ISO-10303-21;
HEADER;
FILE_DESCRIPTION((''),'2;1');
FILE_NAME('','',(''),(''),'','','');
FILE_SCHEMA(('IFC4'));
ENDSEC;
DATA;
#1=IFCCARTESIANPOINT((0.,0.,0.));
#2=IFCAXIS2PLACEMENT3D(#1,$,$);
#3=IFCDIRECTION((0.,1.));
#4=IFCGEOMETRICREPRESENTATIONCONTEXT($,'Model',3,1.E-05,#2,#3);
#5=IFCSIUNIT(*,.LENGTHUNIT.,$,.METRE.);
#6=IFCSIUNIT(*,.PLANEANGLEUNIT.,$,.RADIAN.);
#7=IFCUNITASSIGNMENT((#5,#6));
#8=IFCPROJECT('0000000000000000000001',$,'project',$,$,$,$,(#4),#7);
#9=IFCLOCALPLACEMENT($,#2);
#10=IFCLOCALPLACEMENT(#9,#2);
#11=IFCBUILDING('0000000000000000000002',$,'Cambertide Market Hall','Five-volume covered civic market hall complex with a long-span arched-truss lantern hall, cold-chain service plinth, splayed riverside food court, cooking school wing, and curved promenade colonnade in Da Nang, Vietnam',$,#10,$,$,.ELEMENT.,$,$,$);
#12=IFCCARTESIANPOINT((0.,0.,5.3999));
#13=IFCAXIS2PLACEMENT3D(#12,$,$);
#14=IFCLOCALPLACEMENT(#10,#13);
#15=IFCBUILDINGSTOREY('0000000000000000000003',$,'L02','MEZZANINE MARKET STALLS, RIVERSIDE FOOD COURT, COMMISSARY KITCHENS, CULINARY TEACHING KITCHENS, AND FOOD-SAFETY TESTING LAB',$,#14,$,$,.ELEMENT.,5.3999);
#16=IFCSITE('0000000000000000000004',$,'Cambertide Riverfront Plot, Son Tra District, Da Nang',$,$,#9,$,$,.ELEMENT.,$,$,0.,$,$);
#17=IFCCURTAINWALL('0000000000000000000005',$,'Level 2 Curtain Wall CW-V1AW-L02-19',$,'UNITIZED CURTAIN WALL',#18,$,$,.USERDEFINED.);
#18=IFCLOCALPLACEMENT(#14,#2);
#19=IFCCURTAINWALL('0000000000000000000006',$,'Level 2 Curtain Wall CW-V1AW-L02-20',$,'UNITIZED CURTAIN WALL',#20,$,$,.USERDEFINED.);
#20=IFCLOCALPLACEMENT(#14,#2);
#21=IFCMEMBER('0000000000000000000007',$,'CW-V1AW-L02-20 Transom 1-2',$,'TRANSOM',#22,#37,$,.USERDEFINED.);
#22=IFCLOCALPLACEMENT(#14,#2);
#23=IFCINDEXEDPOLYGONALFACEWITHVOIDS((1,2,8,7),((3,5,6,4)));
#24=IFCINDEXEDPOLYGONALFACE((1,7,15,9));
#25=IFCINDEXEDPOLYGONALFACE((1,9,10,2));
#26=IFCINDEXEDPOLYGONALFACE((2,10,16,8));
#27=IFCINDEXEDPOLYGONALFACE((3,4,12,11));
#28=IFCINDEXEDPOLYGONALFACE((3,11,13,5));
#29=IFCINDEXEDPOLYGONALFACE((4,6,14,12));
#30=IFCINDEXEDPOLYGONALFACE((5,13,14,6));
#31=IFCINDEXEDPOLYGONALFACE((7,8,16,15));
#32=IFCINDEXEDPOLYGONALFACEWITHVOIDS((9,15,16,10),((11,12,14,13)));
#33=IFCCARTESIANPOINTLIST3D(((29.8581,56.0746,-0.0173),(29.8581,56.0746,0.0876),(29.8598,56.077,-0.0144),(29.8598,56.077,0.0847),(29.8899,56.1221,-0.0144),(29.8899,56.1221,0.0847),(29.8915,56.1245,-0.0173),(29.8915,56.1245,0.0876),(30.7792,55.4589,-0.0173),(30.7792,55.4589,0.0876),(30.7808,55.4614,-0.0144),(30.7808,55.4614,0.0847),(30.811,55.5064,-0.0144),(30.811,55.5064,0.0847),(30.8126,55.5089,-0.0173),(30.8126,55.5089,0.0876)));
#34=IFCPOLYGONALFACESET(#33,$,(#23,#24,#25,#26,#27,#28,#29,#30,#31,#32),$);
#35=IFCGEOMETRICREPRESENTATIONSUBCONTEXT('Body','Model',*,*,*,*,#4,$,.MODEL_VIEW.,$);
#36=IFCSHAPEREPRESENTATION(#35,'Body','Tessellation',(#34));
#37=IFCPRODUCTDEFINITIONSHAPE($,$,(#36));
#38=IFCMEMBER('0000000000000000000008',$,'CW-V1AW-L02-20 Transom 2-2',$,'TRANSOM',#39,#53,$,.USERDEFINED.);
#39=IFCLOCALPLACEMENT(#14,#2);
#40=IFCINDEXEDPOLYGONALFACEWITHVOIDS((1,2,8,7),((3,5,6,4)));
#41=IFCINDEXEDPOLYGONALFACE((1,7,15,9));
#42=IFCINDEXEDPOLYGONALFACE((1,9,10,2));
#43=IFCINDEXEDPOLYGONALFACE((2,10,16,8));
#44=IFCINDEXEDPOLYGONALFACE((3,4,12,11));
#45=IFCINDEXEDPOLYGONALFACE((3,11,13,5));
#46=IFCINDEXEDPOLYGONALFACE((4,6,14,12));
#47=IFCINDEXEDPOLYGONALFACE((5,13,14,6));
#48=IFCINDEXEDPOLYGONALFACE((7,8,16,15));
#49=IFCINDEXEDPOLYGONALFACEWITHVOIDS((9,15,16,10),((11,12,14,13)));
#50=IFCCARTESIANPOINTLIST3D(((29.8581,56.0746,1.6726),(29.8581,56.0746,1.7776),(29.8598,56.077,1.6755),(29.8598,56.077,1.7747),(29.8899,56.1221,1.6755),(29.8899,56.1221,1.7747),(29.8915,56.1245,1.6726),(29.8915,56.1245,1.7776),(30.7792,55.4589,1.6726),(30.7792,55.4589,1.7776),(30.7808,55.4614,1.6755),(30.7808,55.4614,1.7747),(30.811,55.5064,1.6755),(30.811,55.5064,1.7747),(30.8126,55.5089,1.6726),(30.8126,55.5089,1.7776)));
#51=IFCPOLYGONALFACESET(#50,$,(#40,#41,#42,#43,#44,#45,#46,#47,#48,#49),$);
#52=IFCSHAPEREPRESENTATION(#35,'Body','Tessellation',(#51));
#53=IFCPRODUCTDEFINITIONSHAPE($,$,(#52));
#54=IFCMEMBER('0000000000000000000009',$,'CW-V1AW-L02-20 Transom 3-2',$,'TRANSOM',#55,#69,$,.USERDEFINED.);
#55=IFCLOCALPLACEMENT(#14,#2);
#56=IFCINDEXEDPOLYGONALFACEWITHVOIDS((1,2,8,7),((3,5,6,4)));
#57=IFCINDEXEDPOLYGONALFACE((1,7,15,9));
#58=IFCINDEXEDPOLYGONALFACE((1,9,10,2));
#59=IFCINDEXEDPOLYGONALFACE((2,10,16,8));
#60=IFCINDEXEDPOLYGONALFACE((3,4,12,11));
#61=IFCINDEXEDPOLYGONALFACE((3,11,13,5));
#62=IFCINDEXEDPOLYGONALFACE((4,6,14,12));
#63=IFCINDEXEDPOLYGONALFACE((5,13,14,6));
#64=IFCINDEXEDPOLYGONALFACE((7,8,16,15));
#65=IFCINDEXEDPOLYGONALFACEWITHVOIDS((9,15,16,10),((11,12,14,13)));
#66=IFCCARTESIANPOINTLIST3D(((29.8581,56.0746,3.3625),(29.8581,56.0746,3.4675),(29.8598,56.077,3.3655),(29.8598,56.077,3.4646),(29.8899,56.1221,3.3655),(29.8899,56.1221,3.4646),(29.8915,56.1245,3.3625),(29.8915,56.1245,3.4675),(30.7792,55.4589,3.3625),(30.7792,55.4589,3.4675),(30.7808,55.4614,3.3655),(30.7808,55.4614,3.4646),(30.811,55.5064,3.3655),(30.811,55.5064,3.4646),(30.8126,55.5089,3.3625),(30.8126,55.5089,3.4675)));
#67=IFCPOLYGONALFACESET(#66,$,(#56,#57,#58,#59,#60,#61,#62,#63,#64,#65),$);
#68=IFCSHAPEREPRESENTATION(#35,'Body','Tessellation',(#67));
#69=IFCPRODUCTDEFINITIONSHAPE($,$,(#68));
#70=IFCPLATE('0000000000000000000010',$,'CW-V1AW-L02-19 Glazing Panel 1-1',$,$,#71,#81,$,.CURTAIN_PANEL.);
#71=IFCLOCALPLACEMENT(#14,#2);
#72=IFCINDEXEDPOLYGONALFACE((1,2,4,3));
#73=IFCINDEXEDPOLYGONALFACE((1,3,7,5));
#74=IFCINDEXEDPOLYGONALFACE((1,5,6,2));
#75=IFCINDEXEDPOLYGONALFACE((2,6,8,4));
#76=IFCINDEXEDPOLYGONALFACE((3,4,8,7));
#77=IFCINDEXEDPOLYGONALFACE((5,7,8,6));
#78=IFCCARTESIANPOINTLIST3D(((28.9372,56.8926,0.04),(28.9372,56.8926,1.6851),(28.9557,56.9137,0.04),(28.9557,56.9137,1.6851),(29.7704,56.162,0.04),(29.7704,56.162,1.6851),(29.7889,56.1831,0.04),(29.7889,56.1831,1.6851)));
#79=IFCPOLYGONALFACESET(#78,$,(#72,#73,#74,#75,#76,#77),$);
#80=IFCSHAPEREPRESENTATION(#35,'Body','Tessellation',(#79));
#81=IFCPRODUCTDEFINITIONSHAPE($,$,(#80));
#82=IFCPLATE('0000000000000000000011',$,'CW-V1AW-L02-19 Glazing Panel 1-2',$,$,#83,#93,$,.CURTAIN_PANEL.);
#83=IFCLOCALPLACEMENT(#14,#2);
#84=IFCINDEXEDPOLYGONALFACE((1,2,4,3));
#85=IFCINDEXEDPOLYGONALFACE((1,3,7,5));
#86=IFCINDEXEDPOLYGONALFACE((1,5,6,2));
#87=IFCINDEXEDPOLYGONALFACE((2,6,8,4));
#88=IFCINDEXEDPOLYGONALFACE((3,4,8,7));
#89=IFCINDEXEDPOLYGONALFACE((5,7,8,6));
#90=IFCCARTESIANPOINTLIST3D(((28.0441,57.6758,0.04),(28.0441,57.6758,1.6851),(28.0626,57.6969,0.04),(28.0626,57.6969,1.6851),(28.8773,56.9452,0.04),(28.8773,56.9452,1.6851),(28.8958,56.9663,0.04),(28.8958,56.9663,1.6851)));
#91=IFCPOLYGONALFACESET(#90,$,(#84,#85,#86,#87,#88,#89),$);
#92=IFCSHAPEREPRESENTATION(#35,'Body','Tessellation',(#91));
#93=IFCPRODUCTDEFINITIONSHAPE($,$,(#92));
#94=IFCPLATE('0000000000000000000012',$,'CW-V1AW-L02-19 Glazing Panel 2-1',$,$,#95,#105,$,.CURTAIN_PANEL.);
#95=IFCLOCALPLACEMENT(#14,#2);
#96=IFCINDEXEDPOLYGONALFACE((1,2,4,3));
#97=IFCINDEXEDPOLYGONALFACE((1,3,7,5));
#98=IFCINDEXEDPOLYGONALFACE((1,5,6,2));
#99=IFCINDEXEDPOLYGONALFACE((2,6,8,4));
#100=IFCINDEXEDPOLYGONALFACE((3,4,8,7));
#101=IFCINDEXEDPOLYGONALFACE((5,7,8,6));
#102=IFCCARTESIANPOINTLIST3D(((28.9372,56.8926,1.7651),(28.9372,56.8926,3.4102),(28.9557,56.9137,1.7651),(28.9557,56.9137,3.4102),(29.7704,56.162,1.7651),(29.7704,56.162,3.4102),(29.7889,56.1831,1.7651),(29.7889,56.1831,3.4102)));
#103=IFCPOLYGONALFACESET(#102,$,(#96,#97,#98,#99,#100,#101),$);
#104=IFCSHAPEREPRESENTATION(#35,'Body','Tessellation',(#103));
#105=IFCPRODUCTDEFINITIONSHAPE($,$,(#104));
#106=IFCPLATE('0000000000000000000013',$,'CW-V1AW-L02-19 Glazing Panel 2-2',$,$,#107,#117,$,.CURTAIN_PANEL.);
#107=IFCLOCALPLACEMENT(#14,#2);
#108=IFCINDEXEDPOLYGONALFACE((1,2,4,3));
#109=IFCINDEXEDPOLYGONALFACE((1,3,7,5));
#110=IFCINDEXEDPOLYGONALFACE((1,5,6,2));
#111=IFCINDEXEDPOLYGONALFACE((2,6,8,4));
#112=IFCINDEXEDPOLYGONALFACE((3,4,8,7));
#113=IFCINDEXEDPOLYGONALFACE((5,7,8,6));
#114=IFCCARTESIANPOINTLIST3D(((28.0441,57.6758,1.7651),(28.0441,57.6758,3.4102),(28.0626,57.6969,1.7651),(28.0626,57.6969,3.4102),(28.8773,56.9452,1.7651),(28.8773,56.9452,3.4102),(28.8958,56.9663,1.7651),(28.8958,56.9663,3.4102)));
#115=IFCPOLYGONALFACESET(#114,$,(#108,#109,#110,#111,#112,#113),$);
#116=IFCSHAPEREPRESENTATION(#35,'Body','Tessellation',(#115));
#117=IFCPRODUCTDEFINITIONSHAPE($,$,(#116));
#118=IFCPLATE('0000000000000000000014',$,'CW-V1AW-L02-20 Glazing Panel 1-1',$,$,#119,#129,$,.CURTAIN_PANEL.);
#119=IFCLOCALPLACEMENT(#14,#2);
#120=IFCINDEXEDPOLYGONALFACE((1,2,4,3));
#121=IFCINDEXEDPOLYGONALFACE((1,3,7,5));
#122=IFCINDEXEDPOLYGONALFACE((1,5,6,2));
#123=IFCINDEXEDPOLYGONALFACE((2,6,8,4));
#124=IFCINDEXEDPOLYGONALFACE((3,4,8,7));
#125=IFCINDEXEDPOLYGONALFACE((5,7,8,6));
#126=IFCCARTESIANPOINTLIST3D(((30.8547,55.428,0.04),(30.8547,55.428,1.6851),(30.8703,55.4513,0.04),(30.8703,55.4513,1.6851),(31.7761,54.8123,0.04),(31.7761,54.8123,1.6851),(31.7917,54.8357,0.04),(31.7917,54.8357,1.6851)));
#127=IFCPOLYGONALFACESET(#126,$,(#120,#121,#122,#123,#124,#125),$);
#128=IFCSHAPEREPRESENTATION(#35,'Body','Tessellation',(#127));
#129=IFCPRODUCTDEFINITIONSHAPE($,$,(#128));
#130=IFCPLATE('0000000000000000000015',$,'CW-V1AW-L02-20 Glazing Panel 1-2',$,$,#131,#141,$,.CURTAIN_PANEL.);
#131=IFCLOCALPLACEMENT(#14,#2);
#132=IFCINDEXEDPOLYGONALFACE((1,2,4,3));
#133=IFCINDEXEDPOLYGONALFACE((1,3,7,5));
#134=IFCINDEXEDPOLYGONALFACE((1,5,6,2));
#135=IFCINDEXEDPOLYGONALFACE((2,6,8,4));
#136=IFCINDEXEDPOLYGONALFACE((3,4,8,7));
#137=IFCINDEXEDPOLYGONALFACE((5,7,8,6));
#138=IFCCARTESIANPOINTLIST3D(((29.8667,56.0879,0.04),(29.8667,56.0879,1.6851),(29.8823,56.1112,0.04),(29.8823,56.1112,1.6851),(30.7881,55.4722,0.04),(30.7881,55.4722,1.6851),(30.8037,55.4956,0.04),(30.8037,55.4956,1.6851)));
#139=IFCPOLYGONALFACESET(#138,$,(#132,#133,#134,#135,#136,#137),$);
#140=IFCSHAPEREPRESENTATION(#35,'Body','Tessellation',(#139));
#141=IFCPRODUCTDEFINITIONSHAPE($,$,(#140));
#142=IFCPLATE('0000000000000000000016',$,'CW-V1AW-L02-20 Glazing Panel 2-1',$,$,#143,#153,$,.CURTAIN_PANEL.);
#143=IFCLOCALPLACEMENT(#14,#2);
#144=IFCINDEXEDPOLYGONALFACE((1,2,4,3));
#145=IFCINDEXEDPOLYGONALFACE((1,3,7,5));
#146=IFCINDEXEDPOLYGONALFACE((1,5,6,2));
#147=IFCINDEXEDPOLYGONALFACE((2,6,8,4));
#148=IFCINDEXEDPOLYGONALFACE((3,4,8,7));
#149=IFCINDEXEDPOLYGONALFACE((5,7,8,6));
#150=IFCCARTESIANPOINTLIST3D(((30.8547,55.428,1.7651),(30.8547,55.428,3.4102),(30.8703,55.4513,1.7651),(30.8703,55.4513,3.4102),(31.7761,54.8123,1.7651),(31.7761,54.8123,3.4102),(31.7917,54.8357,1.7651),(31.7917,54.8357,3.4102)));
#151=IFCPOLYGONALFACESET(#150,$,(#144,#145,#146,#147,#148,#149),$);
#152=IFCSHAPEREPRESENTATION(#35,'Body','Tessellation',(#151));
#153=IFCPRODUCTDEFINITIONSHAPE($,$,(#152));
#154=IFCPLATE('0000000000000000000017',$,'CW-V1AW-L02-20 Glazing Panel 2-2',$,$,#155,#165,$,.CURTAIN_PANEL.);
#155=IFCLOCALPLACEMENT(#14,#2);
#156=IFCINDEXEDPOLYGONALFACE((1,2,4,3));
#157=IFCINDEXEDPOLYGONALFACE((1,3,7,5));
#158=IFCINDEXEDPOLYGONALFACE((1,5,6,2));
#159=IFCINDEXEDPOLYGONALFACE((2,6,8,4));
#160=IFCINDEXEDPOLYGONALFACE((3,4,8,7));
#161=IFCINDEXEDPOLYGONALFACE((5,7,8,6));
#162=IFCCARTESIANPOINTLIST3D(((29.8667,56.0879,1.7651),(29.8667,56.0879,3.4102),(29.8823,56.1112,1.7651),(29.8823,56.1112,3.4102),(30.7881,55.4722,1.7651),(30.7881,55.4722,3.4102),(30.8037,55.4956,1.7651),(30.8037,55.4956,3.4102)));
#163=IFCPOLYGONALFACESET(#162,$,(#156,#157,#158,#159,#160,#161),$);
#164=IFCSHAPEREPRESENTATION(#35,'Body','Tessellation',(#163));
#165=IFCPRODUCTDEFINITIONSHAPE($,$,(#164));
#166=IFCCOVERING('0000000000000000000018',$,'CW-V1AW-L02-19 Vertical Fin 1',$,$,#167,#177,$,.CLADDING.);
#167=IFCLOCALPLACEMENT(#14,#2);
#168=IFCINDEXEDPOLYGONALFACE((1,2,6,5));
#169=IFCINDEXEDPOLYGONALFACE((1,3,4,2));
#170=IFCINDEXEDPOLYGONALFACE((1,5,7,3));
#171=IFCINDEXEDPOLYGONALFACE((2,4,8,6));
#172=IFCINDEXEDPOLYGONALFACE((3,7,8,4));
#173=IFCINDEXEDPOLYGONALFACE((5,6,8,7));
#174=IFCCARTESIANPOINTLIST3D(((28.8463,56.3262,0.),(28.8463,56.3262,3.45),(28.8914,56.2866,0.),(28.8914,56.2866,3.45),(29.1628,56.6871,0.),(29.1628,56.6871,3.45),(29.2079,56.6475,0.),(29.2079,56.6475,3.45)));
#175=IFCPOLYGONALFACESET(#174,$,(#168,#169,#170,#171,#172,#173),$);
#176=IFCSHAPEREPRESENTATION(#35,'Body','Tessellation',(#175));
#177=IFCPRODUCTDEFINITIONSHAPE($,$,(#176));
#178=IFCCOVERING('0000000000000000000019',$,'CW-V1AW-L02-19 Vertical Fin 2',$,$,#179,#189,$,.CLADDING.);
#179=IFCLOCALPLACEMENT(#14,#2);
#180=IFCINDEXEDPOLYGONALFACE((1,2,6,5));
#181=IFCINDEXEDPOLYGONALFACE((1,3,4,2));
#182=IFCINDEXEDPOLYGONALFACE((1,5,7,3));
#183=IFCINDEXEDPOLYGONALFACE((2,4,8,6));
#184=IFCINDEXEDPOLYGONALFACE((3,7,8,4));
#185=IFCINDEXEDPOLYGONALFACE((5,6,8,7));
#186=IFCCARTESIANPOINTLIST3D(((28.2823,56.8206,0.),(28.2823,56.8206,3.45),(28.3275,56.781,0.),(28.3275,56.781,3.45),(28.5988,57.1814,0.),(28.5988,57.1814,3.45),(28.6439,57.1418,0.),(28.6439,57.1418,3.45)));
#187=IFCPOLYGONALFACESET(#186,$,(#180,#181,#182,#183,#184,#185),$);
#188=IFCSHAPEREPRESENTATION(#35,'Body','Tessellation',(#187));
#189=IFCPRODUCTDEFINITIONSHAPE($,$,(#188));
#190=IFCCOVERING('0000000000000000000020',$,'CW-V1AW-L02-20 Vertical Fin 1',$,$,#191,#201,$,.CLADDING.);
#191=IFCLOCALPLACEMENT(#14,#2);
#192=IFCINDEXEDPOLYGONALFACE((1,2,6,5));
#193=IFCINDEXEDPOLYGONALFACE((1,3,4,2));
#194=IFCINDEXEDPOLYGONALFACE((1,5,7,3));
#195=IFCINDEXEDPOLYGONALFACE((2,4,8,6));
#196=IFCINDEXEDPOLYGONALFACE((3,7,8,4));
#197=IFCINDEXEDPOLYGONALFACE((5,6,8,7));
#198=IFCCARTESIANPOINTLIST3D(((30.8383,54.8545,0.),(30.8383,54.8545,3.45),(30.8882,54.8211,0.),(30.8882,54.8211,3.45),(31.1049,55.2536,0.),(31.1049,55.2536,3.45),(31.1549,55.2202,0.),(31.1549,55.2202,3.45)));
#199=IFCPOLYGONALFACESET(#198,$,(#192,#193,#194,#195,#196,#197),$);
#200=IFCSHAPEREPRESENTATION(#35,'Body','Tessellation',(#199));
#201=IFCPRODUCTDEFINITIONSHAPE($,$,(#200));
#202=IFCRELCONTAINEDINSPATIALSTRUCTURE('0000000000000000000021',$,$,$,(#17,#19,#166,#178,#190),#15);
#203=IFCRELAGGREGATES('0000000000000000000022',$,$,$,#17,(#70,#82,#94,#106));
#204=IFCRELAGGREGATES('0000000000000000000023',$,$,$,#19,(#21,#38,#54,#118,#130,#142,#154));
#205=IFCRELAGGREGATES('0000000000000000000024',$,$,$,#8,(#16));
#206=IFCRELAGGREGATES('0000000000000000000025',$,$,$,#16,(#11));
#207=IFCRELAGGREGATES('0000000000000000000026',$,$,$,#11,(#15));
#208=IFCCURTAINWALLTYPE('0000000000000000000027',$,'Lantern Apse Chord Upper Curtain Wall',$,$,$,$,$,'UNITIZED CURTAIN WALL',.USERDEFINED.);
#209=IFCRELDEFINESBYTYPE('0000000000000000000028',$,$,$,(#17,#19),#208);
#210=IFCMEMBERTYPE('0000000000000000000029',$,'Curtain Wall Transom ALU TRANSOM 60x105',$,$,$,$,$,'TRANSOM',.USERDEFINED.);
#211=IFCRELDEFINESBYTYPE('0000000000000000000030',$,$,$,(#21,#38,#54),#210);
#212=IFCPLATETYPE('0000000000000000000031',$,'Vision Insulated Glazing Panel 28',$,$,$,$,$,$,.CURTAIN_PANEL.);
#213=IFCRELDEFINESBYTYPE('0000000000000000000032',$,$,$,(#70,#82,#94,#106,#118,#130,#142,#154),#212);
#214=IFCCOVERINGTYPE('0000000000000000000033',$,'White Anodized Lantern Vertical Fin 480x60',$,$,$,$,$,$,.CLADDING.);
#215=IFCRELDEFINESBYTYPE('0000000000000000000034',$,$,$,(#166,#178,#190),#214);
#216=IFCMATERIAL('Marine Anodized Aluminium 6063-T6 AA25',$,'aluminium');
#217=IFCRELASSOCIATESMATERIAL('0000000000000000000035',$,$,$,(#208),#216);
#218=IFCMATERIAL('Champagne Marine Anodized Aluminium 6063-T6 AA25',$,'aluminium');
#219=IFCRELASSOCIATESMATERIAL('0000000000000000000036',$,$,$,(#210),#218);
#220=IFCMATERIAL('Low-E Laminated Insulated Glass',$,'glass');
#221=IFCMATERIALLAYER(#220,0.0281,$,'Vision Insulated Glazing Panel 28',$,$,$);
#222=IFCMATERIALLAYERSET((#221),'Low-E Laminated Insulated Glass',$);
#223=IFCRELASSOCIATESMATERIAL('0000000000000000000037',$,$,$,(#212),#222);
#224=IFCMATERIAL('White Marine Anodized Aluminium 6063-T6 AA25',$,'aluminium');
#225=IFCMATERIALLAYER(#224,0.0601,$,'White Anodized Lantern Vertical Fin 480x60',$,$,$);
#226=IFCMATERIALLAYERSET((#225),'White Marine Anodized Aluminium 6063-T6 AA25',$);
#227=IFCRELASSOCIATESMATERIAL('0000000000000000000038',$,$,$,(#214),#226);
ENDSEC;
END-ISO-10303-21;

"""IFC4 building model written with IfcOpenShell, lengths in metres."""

from ifc_helpers import new_model, si_unit, direction, frame, origin, origin_2d, place, context, subcontext, project, spatial, rectangle, hollow_rectangle, extrude, material, layer, layer_set, material_profile, profile_set, type_object, element, aggregate, save


model = new_model("IFC4")

# Units and contexts
model_context = context("Model", 3, precision=1e-05, world=origin(), true_north=direction((0.0, 1.0)))
body_context = subcontext(model_context, "Body", "Model", "MODEL_VIEW")
ifc_project = project(units=[si_unit("LENGTHUNIT", "METRE"), si_unit("PLANEANGLEUNIT", "RADIAN")], contexts=[model_context])

# Site, building, storey
site_placement = place(None, origin())
site = spatial("IfcSite", under=ifc_project, at=site_placement, Name="Cambertide Riverfront Plot, Son Tra District, Da Nang", CompositionType="ELEMENT", RefElevation=0.0)
building_placement = place(site_placement, origin())
building = spatial("IfcBuilding", under=site, at=building_placement, Name="Cambertide Market Hall", Description="Five-volume covered civic market hall complex with a long-span arched-truss lantern hall, cold-chain service plinth, splayed riverside food court, cooking school wing, and curved promenade colonnade in Da Nang, Vietnam", CompositionType="ELEMENT")
storey_placement = place(building_placement, frame((0.0, 0.0, 5.3999)))
storey = spatial("IfcBuildingStorey", under=building, at=storey_placement, Name="L02", Description="MEZZANINE MARKET STALLS, RIVERSIDE FOOD COURT, COMMISSARY KITCHENS, CULINARY TEACHING KITCHENS, AND FOOD-SAFETY TESTING LAB", CompositionType="ELEMENT", Elevation=5.3999)

# Curtain walls
ifc_material_1 = material(Name="Marine Anodized Aluminium 6063-T6 AA25", Category="aluminium")
curtain_wall_type = type_object("IfcCurtainWallType", Name="Lantern Apse Chord Upper Curtain Wall", ElementType="UNITIZED CURTAIN WALL", PredefinedType="USERDEFINED", material=ifc_material_1)
curtain_wall_1_placement = place(storey_placement, origin())
curtain_wall_1 = element("IfcCurtainWall", 1, at=curtain_wall_1_placement, inside=storey, type_object=curtain_wall_type, Name="Level 2 Curtain Wall CW-V1AW-L02-19", ObjectType="UNITIZED CURTAIN WALL", PredefinedType="USERDEFINED")
curtain_wall_2_placement = place(storey_placement, origin())
curtain_wall_2 = element("IfcCurtainWall", 2, at=curtain_wall_2_placement, inside=storey, type_object=curtain_wall_type, Name="Level 2 Curtain Wall CW-V1AW-L02-20", ObjectType="UNITIZED CURTAIN WALL", PredefinedType="USERDEFINED")

# Members
ifc_material_2 = material(Name="Champagne Marine Anodized Aluminium 6063-T6 AA25", Category="aluminium")
ifc_material_profile_1 = material_profile(ifc_material_2, hollow_rectangle(XDim=0.0601, YDim=0.105, WallThickness=0.0029, at=origin_2d()), Name="ALU TRANSOM 60x105")
ifc_profile_set_1 = profile_set([ifc_material_profile_1], Name="Champagne Marine Anodized Aluminium 6063-T6 AA25")
member_type_1 = type_object("IfcMemberType", Name="Curtain Wall Transom ALU TRANSOM 60x105", ElementType="TRANSOM", PredefinedType="USERDEFINED", material=ifc_profile_set_1)
member_1_placement = place(storey_placement, frame((30.7959, 55.4839, 0.0352), z_axis=(-0.831372, 0.555717, 0.0), x_axis=(-0.555717, -0.831372, 0.0)))
member_1 = element("IfcMember", 3, at=member_1_placement, type_object=member_type_1, Name="CW-V1AW-L02-20 Transom 1-2", ObjectType="TRANSOM", PredefinedType="USERDEFINED", context=body_context, shape_type="SweptSolid", body=[
    extrude(hollow_rectangle(XDim=0.0601, YDim=0.105, WallThickness=0.0029, at=origin_2d()), origin(), (0.0, 0.0, 1.0), 1.1079),
])
member_2_placement = place(storey_placement, frame((30.7959, 55.4839, 1.7251), z_axis=(-0.831372, 0.555717, 0.0), x_axis=(-0.555717, -0.831372, 0.0)))
member_2 = element("IfcMember", 4, at=member_2_placement, type_object=member_type_1, Name="CW-V1AW-L02-20 Transom 2-2", ObjectType="TRANSOM", PredefinedType="USERDEFINED", context=body_context, shape_type="SweptSolid", body=[
    extrude(hollow_rectangle(XDim=0.0601, YDim=0.105, WallThickness=0.0029, at=origin_2d()), origin(), (0.0, 0.0, 1.0), 1.1079),
])
member_3_placement = place(storey_placement, frame((30.7959, 55.4839, 3.415), z_axis=(-0.831372, 0.555717, 0.0), x_axis=(-0.555717, -0.831372, 0.0)))
member_3 = element("IfcMember", 5, at=member_3_placement, type_object=member_type_1, Name="CW-V1AW-L02-20 Transom 3-2", ObjectType="TRANSOM", PredefinedType="USERDEFINED", context=body_context, shape_type="SweptSolid", body=[
    extrude(hollow_rectangle(XDim=0.0601, YDim=0.105, WallThickness=0.0029, at=origin_2d()), origin(), (0.0, 0.0, 1.0), 1.1079),
])

# Plates
ifc_material_3 = material(Name="Low-E Laminated Insulated Glass", Category="glass")
ifc_layer_1 = layer(ifc_material_3, 0.0281, Name="Vision Insulated Glazing Panel 28")
ifc_layer_set_1 = layer_set([ifc_layer_1], Name="Low-E Laminated Insulated Glass")
plate_type = type_object("IfcPlateType", Name="Vision Insulated Glazing Panel 28", PredefinedType="CURTAIN_PANEL", material=ifc_layer_set_1)
plate_1_placement = place(storey_placement, frame((29.363, 56.5378, 0.04), z_axis=(0.0, 0.0, 1.0), x_axis=(-0.75184, 0.659346, 0.0)))
plate_1 = element("IfcPlate", 6, at=plate_1_placement, type_object=plate_type, Name="CW-V1AW-L02-19 Glazing Panel 1-1", PredefinedType="CURTAIN_PANEL", context=body_context, shape_type="SweptSolid", body=[
    extrude(rectangle(XDim=1.1082, YDim=0.0281, at=origin_2d()), origin(), (0.0, 0.0, 1.0), 1.645),
])
plate_2_placement = place(storey_placement, frame((28.47, 57.321, 0.04), z_axis=(0.0, 0.0, 1.0), x_axis=(-0.75184, 0.659346, 0.0)))
plate_2 = element("IfcPlate", 7, at=plate_2_placement, type_object=plate_type, Name="CW-V1AW-L02-19 Glazing Panel 1-2", PredefinedType="CURTAIN_PANEL", context=body_context, shape_type="SweptSolid", body=[
    extrude(rectangle(XDim=1.1082, YDim=0.0281, at=origin_2d()), origin(), (0.0, 0.0, 1.0), 1.645),
])
plate_3_placement = place(storey_placement, frame((29.363, 56.5378, 1.7651), z_axis=(0.0, 0.0, 1.0), x_axis=(-0.75184, 0.659346, 0.0)))
plate_3 = element("IfcPlate", 8, at=plate_3_placement, type_object=plate_type, Name="CW-V1AW-L02-19 Glazing Panel 2-1", PredefinedType="CURTAIN_PANEL", context=body_context, shape_type="SweptSolid", body=[
    extrude(rectangle(XDim=1.1082, YDim=0.0281, at=origin_2d()), origin(), (0.0, 0.0, 1.0), 1.645),
])
plate_4_placement = place(storey_placement, frame((28.47, 57.321, 1.7651), z_axis=(0.0, 0.0, 1.0), x_axis=(-0.75184, 0.659346, 0.0)))
plate_4 = element("IfcPlate", 9, at=plate_4_placement, type_object=plate_type, Name="CW-V1AW-L02-19 Glazing Panel 2-2", PredefinedType="CURTAIN_PANEL", context=body_context, shape_type="SweptSolid", body=[
    extrude(rectangle(XDim=1.1082, YDim=0.0281, at=origin_2d()), origin(), (0.0, 0.0, 1.0), 1.645),
])
aggregate(curtain_wall_1, [plate_1, plate_2, plate_3, plate_4])
plate_5_placement = place(storey_placement, frame((31.3232, 55.1318, 0.04), z_axis=(0.0, 0.0, 1.0), x_axis=(-0.83147, 0.55557, 0.0)))
plate_5 = element("IfcPlate", 10, at=plate_5_placement, type_object=plate_type, Name="CW-V1AW-L02-20 Glazing Panel 1-1", PredefinedType="CURTAIN_PANEL", context=body_context, shape_type="SweptSolid", body=[
    extrude(rectangle(XDim=1.1082, YDim=0.0281, at=origin_2d()), origin(), (0.0, 0.0, 1.0), 1.645),
])
plate_6_placement = place(storey_placement, frame((30.3352, 55.7917, 0.04), z_axis=(0.0, 0.0, 1.0), x_axis=(-0.83147, 0.55557, 0.0)))
plate_6 = element("IfcPlate", 11, at=plate_6_placement, type_object=plate_type, Name="CW-V1AW-L02-20 Glazing Panel 1-2", PredefinedType="CURTAIN_PANEL", context=body_context, shape_type="SweptSolid", body=[
    extrude(rectangle(XDim=1.1082, YDim=0.0281, at=origin_2d()), origin(), (0.0, 0.0, 1.0), 1.645),
])
plate_7_placement = place(storey_placement, frame((31.3232, 55.1318, 1.7651), z_axis=(0.0, 0.0, 1.0), x_axis=(-0.83147, 0.55557, 0.0)))
plate_7 = element("IfcPlate", 12, at=plate_7_placement, type_object=plate_type, Name="CW-V1AW-L02-20 Glazing Panel 2-1", PredefinedType="CURTAIN_PANEL", context=body_context, shape_type="SweptSolid", body=[
    extrude(rectangle(XDim=1.1082, YDim=0.0281, at=origin_2d()), origin(), (0.0, 0.0, 1.0), 1.645),
])
plate_8_placement = place(storey_placement, frame((30.3352, 55.7917, 1.7651), z_axis=(0.0, 0.0, 1.0), x_axis=(-0.83147, 0.55557, 0.0)))
plate_8 = element("IfcPlate", 13, at=plate_8_placement, type_object=plate_type, Name="CW-V1AW-L02-20 Glazing Panel 2-2", PredefinedType="CURTAIN_PANEL", context=body_context, shape_type="SweptSolid", body=[
    extrude(rectangle(XDim=1.1082, YDim=0.0281, at=origin_2d()), origin(), (0.0, 0.0, 1.0), 1.645),
])
aggregate(curtain_wall_2, [member_1, member_2, member_3, plate_5, plate_6, plate_7, plate_8])

# Coverings
ifc_material_4 = material(Name="White Marine Anodized Aluminium 6063-T6 AA25", Category="aluminium")
ifc_layer_2 = layer(ifc_material_4, 0.0601, Name="White Anodized Lantern Vertical Fin 480x60")
ifc_layer_set_2 = layer_set([ifc_layer_2], Name="White Marine Anodized Aluminium 6063-T6 AA25")
covering_type = type_object("IfcCoveringType", Name="White Anodized Lantern Vertical Fin 480x60", PredefinedType="CLADDING", material=ifc_layer_set_2)
for number, where, z_axis, x_axis, name in (
    (14, (29.0271, 56.4868, 0.0), (0.0, 0.0, 1.0), (-0.75184, 0.659346, 0.0), "CW-V1AW-L02-19 Vertical Fin 1"),
    (15, (28.4631, 56.9812, 0.0), (0.0, 0.0, 1.0), (-0.75184, 0.659346, 0.0), "CW-V1AW-L02-19 Vertical Fin 2"),
    (16, (30.9966, 55.0374, 0.0), (0.0, 0.0, 1.0), (-0.83147, 0.55557, 0.0), "CW-V1AW-L02-20 Vertical Fin 1"),
):
    element("IfcCovering", number, at=place(storey_placement, frame(where, z_axis=z_axis, x_axis=x_axis)), inside=storey, type_object=covering_type, Name=name, PredefinedType="CLADDING", context=body_context, shape_type="SweptSolid", body=[
        extrude(rectangle(XDim=0.0601, YDim=0.48, at=origin_2d()), origin(), (0.0, 0.0, 1.0), 3.45),
    ])

save(model, "model.ifc")
